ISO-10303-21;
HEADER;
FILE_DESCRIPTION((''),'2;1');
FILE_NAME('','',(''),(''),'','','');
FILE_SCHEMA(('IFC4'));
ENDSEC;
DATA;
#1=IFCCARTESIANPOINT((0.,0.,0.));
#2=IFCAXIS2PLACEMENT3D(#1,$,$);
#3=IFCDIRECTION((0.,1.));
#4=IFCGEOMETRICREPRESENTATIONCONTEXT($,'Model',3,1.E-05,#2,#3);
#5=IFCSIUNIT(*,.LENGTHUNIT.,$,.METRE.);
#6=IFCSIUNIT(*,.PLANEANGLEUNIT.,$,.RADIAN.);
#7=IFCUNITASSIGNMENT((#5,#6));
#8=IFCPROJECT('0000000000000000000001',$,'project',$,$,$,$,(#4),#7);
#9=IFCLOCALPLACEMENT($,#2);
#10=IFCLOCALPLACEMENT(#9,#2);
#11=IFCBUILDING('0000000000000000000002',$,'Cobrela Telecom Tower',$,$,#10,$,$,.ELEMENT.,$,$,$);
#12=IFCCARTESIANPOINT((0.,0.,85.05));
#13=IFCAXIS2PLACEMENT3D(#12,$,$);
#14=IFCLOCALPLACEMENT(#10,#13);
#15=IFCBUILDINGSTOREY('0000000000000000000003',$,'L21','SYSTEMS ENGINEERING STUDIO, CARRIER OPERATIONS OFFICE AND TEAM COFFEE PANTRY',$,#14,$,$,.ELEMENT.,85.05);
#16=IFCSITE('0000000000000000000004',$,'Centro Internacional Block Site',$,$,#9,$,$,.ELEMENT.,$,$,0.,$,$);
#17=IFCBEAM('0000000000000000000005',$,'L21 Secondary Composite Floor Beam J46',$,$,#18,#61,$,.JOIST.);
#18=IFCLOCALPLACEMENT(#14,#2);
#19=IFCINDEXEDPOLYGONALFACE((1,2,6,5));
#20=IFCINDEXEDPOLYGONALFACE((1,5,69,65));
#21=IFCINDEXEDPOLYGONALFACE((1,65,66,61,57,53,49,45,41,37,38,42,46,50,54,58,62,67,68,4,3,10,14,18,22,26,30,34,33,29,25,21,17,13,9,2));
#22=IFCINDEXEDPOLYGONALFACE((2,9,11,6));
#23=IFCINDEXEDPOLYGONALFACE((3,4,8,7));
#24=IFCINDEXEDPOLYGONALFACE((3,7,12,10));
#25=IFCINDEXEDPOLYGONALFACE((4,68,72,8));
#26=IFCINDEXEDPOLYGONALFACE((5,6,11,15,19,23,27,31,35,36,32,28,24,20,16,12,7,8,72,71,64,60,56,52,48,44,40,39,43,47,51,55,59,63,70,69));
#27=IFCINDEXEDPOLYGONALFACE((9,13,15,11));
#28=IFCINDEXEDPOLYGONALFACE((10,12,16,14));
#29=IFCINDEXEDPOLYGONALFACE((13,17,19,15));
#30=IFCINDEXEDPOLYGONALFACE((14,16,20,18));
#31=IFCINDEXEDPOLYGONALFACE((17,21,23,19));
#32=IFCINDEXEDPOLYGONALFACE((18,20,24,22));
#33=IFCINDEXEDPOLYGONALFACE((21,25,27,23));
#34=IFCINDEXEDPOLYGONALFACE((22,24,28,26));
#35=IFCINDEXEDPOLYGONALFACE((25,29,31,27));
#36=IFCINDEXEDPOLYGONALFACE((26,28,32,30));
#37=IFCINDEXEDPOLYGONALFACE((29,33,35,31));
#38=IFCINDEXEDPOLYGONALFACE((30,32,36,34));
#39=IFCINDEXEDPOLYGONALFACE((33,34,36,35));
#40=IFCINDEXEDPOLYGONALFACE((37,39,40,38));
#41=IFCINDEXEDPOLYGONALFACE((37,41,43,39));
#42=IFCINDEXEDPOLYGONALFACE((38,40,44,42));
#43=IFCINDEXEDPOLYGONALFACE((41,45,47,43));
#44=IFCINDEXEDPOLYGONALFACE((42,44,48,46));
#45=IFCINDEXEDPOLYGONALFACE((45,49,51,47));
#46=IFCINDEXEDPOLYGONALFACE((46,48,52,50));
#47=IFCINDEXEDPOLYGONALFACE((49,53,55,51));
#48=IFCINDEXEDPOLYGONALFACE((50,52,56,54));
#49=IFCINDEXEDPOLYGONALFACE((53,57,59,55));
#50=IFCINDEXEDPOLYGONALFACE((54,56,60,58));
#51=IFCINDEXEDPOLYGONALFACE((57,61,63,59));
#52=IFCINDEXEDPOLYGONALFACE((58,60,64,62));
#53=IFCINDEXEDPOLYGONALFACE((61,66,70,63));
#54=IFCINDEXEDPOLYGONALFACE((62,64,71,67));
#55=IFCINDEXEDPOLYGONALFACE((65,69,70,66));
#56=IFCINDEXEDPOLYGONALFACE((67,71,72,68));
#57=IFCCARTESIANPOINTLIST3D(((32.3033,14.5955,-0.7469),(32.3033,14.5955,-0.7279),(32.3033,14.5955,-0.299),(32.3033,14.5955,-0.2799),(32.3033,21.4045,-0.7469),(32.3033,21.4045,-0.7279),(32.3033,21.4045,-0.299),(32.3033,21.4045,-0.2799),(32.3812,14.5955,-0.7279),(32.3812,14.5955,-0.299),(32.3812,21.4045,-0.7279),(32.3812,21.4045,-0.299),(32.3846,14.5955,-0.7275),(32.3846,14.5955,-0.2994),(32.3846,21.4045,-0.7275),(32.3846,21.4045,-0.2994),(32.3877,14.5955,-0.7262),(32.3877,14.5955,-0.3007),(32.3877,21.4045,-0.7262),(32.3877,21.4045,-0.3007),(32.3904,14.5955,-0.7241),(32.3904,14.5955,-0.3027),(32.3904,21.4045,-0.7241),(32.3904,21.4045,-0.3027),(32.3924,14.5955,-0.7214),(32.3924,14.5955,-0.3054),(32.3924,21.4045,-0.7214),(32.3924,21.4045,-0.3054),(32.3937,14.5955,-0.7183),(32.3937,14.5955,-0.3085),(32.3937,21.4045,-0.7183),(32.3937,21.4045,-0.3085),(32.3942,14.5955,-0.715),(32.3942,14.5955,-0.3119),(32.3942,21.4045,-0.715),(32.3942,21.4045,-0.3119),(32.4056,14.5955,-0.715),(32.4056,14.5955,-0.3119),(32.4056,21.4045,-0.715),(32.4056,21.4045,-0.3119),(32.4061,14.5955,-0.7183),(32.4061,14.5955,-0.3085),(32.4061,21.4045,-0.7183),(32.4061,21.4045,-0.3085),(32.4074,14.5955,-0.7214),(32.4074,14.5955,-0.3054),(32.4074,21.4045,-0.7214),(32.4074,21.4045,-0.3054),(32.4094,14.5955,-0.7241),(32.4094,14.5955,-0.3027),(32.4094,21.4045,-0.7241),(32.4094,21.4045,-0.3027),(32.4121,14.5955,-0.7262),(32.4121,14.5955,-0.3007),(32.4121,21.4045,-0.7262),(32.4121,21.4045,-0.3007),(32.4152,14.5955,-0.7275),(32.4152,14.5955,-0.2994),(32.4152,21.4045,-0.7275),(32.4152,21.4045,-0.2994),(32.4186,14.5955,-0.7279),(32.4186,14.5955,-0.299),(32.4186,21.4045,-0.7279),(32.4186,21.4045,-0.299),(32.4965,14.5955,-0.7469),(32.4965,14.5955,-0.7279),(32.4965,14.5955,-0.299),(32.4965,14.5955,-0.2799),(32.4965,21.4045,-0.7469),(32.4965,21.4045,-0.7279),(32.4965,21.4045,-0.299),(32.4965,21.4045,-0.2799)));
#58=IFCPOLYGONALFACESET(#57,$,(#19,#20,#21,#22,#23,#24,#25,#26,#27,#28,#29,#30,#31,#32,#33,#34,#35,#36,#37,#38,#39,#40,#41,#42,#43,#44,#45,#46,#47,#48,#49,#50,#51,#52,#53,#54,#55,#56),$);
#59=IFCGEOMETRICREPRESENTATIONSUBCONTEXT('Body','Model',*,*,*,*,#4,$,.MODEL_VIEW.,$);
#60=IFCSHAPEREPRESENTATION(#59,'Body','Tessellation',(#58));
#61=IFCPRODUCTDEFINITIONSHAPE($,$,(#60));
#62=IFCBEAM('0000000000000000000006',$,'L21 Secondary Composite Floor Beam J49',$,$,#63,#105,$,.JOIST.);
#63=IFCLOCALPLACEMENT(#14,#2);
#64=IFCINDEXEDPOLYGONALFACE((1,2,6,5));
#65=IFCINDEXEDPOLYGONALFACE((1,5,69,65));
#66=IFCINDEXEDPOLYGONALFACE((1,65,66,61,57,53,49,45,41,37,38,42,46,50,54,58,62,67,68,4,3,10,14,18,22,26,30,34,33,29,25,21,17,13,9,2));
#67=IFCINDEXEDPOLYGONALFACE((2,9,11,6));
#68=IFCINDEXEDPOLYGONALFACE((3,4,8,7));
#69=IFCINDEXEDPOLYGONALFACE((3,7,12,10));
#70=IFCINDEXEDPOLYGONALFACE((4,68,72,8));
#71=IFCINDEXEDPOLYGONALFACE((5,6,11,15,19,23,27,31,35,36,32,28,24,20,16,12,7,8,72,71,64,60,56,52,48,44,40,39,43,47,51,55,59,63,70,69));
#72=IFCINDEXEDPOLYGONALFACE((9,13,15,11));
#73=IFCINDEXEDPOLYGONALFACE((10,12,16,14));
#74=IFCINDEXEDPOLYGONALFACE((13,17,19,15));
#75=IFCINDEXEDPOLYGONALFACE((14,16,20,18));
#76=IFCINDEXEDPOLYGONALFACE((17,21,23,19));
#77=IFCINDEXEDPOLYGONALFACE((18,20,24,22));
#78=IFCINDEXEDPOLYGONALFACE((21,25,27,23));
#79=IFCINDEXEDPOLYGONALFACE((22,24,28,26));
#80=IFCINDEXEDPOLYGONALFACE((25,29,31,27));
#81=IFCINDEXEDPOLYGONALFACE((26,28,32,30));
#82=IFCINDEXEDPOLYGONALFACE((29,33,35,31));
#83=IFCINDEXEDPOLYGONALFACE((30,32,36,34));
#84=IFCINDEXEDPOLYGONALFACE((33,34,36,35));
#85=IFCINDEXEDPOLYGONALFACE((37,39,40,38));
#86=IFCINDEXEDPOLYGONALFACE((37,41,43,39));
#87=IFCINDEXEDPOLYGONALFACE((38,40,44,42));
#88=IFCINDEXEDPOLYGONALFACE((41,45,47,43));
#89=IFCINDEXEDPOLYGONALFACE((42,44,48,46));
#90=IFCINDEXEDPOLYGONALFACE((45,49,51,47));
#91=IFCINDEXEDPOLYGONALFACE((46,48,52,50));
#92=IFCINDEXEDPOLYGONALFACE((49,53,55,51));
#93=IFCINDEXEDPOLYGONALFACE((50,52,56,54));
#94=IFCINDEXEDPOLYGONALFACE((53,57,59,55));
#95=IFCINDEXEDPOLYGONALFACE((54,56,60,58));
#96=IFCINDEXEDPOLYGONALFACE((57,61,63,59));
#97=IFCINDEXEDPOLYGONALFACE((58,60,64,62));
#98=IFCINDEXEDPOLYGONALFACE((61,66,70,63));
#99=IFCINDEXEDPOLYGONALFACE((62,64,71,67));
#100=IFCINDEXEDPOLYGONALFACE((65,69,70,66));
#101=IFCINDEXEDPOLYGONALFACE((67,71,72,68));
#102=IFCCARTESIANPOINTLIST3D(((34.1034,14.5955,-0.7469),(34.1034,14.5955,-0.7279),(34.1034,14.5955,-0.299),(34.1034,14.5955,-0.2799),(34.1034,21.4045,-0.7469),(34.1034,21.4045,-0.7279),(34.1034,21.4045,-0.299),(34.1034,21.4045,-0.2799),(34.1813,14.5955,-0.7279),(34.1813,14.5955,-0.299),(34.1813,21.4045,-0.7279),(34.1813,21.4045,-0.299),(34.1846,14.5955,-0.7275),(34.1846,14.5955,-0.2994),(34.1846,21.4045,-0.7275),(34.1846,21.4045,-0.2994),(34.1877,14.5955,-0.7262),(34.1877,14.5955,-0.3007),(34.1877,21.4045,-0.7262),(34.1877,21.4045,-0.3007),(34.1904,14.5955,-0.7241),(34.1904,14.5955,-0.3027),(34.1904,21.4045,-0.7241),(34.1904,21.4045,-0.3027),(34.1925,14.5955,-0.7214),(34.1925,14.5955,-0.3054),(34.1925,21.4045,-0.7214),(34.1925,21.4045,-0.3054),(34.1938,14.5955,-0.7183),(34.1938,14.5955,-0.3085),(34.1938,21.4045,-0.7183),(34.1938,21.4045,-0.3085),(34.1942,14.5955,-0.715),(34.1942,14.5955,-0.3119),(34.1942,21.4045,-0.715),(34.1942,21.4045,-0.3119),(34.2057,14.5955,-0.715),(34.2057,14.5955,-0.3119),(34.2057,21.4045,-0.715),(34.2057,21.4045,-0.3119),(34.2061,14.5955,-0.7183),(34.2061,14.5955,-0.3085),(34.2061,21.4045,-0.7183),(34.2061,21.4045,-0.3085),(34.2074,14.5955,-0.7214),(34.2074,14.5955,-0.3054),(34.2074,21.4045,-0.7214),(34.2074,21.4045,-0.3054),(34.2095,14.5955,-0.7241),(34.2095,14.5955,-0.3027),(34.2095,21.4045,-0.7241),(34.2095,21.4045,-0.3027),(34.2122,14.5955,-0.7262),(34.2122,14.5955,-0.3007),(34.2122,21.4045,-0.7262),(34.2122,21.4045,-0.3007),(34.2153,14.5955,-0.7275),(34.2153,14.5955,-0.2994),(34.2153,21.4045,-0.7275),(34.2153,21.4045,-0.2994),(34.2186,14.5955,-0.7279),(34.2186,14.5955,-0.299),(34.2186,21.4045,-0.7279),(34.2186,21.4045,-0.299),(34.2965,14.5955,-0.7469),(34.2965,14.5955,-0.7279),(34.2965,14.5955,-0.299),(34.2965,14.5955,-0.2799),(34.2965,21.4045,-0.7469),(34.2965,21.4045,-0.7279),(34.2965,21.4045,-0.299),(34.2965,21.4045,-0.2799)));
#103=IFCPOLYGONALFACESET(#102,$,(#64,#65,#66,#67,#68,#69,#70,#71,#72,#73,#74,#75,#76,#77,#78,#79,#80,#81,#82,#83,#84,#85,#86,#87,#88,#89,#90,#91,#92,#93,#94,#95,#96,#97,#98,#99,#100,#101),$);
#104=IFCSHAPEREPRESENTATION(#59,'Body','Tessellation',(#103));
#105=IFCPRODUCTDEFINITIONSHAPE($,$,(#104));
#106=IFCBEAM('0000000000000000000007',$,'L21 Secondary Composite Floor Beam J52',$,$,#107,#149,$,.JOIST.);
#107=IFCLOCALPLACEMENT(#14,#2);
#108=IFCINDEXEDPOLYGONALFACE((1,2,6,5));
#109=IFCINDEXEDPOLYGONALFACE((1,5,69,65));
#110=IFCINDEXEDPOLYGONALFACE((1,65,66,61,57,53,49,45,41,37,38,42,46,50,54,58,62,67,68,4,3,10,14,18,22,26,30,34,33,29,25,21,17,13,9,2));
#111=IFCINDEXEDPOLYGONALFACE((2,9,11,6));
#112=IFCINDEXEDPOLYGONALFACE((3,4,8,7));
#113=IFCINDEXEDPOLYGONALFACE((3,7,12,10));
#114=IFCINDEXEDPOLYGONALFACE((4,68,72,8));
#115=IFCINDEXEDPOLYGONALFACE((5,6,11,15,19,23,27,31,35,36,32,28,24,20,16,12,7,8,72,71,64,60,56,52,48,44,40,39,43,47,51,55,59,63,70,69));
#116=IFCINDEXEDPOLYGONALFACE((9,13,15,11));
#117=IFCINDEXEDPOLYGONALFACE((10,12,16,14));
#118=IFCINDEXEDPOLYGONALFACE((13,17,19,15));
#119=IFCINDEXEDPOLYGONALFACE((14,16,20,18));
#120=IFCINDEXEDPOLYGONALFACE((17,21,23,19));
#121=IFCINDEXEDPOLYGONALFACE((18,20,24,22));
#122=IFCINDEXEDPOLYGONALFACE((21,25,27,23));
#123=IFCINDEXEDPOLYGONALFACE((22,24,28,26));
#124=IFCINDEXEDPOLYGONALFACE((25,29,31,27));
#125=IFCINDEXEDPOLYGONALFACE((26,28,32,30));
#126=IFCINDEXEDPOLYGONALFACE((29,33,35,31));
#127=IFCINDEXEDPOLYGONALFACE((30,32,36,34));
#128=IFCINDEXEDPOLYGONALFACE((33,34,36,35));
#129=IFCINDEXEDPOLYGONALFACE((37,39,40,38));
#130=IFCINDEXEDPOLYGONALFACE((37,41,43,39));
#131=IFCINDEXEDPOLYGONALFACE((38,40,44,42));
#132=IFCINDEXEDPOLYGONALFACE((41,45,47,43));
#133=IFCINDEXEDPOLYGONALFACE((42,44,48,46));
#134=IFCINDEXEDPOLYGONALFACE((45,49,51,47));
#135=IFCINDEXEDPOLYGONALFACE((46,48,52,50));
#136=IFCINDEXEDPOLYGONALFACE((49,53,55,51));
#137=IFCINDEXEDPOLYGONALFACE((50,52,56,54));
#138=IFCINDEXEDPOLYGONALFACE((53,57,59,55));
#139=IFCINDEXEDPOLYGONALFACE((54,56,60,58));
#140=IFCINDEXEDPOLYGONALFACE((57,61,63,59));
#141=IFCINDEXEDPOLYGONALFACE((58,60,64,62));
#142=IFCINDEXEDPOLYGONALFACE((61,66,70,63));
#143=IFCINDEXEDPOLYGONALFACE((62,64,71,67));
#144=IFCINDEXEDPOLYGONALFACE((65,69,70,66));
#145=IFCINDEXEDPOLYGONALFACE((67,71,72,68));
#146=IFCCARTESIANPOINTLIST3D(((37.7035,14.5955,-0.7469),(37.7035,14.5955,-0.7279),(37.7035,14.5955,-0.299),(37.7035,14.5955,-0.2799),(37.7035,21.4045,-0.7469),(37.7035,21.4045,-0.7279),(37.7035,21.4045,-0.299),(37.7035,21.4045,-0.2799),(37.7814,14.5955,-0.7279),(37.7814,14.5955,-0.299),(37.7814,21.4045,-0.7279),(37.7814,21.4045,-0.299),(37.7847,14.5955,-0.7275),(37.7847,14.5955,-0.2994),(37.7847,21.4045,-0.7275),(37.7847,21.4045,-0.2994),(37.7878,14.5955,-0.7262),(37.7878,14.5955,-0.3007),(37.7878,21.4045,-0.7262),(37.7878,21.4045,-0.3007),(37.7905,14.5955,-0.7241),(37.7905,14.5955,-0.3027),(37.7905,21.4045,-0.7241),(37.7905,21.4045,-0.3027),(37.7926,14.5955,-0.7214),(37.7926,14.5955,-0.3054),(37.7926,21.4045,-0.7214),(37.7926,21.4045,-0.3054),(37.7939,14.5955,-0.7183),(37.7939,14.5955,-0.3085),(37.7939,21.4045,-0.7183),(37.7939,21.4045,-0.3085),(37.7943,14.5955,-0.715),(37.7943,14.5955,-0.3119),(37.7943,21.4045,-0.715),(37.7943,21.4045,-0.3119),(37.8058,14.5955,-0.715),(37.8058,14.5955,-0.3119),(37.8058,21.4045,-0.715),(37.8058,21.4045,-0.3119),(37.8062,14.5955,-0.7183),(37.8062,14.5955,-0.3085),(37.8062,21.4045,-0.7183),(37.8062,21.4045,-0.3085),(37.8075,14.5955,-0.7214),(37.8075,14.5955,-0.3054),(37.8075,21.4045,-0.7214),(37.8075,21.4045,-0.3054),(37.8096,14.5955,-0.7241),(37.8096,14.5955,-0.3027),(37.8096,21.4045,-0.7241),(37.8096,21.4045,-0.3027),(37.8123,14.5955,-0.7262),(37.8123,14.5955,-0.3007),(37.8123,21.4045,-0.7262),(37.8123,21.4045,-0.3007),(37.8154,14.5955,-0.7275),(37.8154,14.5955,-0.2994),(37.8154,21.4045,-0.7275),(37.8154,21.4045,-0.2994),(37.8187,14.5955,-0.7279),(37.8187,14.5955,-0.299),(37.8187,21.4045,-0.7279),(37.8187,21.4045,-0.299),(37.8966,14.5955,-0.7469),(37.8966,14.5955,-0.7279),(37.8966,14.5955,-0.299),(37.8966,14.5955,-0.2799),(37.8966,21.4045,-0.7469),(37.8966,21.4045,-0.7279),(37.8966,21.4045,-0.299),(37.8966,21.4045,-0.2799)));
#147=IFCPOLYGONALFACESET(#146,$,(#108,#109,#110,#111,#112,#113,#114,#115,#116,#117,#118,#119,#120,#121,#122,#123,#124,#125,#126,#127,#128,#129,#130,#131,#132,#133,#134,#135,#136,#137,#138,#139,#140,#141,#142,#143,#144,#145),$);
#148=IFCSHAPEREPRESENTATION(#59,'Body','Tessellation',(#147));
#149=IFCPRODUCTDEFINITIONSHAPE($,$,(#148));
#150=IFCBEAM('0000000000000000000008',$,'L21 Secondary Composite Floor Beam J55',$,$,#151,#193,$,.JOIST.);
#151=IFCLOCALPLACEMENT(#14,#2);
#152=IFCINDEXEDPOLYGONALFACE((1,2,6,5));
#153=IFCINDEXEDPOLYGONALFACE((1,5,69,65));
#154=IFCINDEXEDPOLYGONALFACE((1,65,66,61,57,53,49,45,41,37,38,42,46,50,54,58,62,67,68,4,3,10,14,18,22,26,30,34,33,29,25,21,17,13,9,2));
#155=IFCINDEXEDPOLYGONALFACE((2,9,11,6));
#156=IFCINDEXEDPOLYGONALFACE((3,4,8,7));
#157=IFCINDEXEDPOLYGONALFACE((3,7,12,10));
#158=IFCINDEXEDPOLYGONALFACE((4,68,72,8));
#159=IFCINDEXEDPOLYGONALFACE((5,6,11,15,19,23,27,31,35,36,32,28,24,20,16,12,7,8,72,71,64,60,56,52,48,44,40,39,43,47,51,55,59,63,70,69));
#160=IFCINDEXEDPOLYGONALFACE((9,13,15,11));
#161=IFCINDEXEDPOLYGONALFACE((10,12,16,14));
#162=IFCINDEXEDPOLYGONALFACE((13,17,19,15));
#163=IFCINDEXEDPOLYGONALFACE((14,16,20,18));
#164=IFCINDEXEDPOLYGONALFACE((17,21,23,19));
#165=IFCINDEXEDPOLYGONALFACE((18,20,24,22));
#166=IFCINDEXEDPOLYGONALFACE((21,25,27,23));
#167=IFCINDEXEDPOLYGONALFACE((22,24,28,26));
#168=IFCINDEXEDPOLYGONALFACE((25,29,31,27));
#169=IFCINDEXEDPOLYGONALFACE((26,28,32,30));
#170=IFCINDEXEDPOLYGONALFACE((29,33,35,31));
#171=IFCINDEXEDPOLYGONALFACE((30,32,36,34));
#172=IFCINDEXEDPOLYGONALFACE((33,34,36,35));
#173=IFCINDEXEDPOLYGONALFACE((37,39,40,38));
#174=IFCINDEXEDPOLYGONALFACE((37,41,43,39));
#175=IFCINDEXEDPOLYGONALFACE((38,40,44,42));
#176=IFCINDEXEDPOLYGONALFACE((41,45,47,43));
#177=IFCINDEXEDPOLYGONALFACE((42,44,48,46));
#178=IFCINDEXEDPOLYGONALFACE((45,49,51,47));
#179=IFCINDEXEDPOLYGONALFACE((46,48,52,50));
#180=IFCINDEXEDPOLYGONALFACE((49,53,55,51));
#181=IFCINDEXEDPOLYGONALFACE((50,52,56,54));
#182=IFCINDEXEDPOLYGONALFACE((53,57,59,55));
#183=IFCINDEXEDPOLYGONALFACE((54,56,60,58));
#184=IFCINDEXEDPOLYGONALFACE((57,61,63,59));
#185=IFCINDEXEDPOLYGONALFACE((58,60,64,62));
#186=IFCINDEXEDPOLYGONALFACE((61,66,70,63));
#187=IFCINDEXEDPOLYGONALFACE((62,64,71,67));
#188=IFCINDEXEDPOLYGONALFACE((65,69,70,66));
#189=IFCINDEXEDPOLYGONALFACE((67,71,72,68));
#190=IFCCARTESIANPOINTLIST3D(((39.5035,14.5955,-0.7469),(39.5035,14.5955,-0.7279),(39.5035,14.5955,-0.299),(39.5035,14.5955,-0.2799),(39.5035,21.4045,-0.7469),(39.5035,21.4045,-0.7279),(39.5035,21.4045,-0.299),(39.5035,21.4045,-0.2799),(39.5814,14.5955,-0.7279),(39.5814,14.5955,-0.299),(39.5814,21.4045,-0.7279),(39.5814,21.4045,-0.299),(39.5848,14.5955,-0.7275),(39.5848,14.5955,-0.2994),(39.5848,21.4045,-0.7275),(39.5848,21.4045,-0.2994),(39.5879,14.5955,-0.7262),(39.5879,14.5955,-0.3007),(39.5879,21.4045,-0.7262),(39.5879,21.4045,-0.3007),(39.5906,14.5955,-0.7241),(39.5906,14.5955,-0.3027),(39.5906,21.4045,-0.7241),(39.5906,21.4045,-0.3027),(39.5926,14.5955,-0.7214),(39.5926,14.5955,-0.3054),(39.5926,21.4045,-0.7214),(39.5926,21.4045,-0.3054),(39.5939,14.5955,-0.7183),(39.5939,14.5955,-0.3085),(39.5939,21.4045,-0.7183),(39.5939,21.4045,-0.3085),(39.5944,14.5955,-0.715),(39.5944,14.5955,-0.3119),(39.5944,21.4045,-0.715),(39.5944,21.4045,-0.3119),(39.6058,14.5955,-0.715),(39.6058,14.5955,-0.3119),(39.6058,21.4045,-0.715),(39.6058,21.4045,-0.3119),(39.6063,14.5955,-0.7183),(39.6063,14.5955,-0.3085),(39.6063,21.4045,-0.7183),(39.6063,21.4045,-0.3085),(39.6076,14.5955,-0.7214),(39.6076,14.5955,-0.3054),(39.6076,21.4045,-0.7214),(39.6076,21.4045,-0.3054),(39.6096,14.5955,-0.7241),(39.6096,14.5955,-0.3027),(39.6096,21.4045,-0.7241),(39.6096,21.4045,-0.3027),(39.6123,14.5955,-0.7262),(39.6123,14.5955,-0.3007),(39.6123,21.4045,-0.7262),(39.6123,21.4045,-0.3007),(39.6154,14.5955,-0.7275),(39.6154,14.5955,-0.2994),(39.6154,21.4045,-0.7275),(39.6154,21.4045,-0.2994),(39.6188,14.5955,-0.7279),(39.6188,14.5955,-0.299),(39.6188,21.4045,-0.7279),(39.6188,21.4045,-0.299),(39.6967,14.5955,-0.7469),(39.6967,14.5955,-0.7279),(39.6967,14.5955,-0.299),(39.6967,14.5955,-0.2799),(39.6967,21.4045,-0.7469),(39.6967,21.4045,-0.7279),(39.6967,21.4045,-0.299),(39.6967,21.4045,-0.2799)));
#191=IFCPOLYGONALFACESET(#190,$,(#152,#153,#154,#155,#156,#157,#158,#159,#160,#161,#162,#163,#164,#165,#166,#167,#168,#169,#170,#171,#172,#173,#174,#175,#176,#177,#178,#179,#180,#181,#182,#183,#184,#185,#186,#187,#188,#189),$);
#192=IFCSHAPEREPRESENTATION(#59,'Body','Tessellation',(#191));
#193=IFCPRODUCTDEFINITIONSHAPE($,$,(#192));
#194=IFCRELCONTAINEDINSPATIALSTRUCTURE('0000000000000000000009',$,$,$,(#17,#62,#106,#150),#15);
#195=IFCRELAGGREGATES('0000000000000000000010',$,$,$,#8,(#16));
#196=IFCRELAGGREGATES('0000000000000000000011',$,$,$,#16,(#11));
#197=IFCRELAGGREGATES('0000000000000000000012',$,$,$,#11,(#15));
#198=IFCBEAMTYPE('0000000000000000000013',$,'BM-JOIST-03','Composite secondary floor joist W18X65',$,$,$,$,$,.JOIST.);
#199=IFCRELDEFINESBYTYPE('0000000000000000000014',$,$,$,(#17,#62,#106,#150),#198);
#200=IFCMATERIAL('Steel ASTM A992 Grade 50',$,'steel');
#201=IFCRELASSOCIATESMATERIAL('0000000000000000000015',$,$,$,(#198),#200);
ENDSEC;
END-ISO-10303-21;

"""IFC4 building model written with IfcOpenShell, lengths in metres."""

from ifc_helpers import new_model, si_unit, direction, frame, origin, origin_2d, place, context, subcontext, project, spatial, i_section, extrude, material, material_profile, profile_set, type_object, element, save


model = new_model("IFC4")

# Units and contexts
model_context = context("Model", 3, precision=1e-05, world=origin(), true_north=direction((0.0, 1.0)))
body_context = subcontext(model_context, "Body", "Model", "MODEL_VIEW")
ifc_project = project(units=[si_unit("LENGTHUNIT", "METRE"), si_unit("PLANEANGLEUNIT", "RADIAN")], contexts=[model_context])

# Site, building, storey
site_placement = place(None, origin())
site = spatial("IfcSite", under=ifc_project, at=site_placement, Name="Centro Internacional Block Site", CompositionType="ELEMENT", RefElevation=0.0)
building_placement = place(site_placement, origin())
building = spatial("IfcBuilding", under=site, at=building_placement, Name="Cobrela Telecom Tower", CompositionType="ELEMENT")
storey_placement = place(building_placement, frame((0.0, 0.0, 85.05)))
storey = spatial("IfcBuildingStorey", under=building, at=storey_placement, Name="L21", Description="SYSTEMS ENGINEERING STUDIO, CARRIER OPERATIONS OFFICE AND TEAM COFFEE PANTRY", CompositionType="ELEMENT", Elevation=85.05)

# Shared definitions
ifc_material_1 = material(Name="Steel ASTM A992 Grade 50", Category="steel")

# Beams
ifc_material_profile_1 = material_profile(ifc_material_1, i_section(OverallWidth=0.1931, OverallDepth=0.467, WebThickness=0.0115, FlangeThickness=0.019, FilletRadius=0.0129, at=origin_2d()), Name="W18X65")
ifc_profile_set_1 = profile_set([ifc_material_profile_1], Name="Steel ASTM A992 Grade 50")
beam_type_1 = type_object("IfcBeamType", Name="BM-JOIST-03", Description="Composite secondary floor joist W18X65", PredefinedType="JOIST", material=ifc_profile_set_1)
for number, where, z_axis, x_axis, name in (
    (1, (32.3999, 14.5955, -0.5134), (0.0, 1.0, 0.0), (-1.0, 0.0, 0.0), "L21 Secondary Composite Floor Beam J46"),
    (2, (34.2, 14.5955, -0.5134), (0.0, 1.0, 0.0), (-1.0, 0.0, 0.0), "L21 Secondary Composite Floor Beam J49"),
    (3, (37.8, 14.5955, -0.5134), (0.0, 1.0, 0.0), (-1.0, 0.0, 0.0), "L21 Secondary Composite Floor Beam J52"),
    (4, (39.6001, 14.5955, -0.5134), (0.0, 1.0, 0.0), (-1.0, 0.0, 0.0), "L21 Secondary Composite Floor Beam J55"),
):
    element("IfcBeam", number, at=place(storey_placement, frame(where, z_axis=z_axis, x_axis=x_axis)), inside=storey, type_object=beam_type_1, Name=name, PredefinedType="JOIST", context=body_context, shape_type="SweptSolid", body=[
        extrude(i_section(OverallWidth=0.1931, OverallDepth=0.467, WebThickness=0.0115, FlangeThickness=0.019, FilletRadius=0.0129, at=origin_2d()), origin(), (0.0, 0.0, 1.0), 6.8091),
    ])

save(model, "model.ifc")
